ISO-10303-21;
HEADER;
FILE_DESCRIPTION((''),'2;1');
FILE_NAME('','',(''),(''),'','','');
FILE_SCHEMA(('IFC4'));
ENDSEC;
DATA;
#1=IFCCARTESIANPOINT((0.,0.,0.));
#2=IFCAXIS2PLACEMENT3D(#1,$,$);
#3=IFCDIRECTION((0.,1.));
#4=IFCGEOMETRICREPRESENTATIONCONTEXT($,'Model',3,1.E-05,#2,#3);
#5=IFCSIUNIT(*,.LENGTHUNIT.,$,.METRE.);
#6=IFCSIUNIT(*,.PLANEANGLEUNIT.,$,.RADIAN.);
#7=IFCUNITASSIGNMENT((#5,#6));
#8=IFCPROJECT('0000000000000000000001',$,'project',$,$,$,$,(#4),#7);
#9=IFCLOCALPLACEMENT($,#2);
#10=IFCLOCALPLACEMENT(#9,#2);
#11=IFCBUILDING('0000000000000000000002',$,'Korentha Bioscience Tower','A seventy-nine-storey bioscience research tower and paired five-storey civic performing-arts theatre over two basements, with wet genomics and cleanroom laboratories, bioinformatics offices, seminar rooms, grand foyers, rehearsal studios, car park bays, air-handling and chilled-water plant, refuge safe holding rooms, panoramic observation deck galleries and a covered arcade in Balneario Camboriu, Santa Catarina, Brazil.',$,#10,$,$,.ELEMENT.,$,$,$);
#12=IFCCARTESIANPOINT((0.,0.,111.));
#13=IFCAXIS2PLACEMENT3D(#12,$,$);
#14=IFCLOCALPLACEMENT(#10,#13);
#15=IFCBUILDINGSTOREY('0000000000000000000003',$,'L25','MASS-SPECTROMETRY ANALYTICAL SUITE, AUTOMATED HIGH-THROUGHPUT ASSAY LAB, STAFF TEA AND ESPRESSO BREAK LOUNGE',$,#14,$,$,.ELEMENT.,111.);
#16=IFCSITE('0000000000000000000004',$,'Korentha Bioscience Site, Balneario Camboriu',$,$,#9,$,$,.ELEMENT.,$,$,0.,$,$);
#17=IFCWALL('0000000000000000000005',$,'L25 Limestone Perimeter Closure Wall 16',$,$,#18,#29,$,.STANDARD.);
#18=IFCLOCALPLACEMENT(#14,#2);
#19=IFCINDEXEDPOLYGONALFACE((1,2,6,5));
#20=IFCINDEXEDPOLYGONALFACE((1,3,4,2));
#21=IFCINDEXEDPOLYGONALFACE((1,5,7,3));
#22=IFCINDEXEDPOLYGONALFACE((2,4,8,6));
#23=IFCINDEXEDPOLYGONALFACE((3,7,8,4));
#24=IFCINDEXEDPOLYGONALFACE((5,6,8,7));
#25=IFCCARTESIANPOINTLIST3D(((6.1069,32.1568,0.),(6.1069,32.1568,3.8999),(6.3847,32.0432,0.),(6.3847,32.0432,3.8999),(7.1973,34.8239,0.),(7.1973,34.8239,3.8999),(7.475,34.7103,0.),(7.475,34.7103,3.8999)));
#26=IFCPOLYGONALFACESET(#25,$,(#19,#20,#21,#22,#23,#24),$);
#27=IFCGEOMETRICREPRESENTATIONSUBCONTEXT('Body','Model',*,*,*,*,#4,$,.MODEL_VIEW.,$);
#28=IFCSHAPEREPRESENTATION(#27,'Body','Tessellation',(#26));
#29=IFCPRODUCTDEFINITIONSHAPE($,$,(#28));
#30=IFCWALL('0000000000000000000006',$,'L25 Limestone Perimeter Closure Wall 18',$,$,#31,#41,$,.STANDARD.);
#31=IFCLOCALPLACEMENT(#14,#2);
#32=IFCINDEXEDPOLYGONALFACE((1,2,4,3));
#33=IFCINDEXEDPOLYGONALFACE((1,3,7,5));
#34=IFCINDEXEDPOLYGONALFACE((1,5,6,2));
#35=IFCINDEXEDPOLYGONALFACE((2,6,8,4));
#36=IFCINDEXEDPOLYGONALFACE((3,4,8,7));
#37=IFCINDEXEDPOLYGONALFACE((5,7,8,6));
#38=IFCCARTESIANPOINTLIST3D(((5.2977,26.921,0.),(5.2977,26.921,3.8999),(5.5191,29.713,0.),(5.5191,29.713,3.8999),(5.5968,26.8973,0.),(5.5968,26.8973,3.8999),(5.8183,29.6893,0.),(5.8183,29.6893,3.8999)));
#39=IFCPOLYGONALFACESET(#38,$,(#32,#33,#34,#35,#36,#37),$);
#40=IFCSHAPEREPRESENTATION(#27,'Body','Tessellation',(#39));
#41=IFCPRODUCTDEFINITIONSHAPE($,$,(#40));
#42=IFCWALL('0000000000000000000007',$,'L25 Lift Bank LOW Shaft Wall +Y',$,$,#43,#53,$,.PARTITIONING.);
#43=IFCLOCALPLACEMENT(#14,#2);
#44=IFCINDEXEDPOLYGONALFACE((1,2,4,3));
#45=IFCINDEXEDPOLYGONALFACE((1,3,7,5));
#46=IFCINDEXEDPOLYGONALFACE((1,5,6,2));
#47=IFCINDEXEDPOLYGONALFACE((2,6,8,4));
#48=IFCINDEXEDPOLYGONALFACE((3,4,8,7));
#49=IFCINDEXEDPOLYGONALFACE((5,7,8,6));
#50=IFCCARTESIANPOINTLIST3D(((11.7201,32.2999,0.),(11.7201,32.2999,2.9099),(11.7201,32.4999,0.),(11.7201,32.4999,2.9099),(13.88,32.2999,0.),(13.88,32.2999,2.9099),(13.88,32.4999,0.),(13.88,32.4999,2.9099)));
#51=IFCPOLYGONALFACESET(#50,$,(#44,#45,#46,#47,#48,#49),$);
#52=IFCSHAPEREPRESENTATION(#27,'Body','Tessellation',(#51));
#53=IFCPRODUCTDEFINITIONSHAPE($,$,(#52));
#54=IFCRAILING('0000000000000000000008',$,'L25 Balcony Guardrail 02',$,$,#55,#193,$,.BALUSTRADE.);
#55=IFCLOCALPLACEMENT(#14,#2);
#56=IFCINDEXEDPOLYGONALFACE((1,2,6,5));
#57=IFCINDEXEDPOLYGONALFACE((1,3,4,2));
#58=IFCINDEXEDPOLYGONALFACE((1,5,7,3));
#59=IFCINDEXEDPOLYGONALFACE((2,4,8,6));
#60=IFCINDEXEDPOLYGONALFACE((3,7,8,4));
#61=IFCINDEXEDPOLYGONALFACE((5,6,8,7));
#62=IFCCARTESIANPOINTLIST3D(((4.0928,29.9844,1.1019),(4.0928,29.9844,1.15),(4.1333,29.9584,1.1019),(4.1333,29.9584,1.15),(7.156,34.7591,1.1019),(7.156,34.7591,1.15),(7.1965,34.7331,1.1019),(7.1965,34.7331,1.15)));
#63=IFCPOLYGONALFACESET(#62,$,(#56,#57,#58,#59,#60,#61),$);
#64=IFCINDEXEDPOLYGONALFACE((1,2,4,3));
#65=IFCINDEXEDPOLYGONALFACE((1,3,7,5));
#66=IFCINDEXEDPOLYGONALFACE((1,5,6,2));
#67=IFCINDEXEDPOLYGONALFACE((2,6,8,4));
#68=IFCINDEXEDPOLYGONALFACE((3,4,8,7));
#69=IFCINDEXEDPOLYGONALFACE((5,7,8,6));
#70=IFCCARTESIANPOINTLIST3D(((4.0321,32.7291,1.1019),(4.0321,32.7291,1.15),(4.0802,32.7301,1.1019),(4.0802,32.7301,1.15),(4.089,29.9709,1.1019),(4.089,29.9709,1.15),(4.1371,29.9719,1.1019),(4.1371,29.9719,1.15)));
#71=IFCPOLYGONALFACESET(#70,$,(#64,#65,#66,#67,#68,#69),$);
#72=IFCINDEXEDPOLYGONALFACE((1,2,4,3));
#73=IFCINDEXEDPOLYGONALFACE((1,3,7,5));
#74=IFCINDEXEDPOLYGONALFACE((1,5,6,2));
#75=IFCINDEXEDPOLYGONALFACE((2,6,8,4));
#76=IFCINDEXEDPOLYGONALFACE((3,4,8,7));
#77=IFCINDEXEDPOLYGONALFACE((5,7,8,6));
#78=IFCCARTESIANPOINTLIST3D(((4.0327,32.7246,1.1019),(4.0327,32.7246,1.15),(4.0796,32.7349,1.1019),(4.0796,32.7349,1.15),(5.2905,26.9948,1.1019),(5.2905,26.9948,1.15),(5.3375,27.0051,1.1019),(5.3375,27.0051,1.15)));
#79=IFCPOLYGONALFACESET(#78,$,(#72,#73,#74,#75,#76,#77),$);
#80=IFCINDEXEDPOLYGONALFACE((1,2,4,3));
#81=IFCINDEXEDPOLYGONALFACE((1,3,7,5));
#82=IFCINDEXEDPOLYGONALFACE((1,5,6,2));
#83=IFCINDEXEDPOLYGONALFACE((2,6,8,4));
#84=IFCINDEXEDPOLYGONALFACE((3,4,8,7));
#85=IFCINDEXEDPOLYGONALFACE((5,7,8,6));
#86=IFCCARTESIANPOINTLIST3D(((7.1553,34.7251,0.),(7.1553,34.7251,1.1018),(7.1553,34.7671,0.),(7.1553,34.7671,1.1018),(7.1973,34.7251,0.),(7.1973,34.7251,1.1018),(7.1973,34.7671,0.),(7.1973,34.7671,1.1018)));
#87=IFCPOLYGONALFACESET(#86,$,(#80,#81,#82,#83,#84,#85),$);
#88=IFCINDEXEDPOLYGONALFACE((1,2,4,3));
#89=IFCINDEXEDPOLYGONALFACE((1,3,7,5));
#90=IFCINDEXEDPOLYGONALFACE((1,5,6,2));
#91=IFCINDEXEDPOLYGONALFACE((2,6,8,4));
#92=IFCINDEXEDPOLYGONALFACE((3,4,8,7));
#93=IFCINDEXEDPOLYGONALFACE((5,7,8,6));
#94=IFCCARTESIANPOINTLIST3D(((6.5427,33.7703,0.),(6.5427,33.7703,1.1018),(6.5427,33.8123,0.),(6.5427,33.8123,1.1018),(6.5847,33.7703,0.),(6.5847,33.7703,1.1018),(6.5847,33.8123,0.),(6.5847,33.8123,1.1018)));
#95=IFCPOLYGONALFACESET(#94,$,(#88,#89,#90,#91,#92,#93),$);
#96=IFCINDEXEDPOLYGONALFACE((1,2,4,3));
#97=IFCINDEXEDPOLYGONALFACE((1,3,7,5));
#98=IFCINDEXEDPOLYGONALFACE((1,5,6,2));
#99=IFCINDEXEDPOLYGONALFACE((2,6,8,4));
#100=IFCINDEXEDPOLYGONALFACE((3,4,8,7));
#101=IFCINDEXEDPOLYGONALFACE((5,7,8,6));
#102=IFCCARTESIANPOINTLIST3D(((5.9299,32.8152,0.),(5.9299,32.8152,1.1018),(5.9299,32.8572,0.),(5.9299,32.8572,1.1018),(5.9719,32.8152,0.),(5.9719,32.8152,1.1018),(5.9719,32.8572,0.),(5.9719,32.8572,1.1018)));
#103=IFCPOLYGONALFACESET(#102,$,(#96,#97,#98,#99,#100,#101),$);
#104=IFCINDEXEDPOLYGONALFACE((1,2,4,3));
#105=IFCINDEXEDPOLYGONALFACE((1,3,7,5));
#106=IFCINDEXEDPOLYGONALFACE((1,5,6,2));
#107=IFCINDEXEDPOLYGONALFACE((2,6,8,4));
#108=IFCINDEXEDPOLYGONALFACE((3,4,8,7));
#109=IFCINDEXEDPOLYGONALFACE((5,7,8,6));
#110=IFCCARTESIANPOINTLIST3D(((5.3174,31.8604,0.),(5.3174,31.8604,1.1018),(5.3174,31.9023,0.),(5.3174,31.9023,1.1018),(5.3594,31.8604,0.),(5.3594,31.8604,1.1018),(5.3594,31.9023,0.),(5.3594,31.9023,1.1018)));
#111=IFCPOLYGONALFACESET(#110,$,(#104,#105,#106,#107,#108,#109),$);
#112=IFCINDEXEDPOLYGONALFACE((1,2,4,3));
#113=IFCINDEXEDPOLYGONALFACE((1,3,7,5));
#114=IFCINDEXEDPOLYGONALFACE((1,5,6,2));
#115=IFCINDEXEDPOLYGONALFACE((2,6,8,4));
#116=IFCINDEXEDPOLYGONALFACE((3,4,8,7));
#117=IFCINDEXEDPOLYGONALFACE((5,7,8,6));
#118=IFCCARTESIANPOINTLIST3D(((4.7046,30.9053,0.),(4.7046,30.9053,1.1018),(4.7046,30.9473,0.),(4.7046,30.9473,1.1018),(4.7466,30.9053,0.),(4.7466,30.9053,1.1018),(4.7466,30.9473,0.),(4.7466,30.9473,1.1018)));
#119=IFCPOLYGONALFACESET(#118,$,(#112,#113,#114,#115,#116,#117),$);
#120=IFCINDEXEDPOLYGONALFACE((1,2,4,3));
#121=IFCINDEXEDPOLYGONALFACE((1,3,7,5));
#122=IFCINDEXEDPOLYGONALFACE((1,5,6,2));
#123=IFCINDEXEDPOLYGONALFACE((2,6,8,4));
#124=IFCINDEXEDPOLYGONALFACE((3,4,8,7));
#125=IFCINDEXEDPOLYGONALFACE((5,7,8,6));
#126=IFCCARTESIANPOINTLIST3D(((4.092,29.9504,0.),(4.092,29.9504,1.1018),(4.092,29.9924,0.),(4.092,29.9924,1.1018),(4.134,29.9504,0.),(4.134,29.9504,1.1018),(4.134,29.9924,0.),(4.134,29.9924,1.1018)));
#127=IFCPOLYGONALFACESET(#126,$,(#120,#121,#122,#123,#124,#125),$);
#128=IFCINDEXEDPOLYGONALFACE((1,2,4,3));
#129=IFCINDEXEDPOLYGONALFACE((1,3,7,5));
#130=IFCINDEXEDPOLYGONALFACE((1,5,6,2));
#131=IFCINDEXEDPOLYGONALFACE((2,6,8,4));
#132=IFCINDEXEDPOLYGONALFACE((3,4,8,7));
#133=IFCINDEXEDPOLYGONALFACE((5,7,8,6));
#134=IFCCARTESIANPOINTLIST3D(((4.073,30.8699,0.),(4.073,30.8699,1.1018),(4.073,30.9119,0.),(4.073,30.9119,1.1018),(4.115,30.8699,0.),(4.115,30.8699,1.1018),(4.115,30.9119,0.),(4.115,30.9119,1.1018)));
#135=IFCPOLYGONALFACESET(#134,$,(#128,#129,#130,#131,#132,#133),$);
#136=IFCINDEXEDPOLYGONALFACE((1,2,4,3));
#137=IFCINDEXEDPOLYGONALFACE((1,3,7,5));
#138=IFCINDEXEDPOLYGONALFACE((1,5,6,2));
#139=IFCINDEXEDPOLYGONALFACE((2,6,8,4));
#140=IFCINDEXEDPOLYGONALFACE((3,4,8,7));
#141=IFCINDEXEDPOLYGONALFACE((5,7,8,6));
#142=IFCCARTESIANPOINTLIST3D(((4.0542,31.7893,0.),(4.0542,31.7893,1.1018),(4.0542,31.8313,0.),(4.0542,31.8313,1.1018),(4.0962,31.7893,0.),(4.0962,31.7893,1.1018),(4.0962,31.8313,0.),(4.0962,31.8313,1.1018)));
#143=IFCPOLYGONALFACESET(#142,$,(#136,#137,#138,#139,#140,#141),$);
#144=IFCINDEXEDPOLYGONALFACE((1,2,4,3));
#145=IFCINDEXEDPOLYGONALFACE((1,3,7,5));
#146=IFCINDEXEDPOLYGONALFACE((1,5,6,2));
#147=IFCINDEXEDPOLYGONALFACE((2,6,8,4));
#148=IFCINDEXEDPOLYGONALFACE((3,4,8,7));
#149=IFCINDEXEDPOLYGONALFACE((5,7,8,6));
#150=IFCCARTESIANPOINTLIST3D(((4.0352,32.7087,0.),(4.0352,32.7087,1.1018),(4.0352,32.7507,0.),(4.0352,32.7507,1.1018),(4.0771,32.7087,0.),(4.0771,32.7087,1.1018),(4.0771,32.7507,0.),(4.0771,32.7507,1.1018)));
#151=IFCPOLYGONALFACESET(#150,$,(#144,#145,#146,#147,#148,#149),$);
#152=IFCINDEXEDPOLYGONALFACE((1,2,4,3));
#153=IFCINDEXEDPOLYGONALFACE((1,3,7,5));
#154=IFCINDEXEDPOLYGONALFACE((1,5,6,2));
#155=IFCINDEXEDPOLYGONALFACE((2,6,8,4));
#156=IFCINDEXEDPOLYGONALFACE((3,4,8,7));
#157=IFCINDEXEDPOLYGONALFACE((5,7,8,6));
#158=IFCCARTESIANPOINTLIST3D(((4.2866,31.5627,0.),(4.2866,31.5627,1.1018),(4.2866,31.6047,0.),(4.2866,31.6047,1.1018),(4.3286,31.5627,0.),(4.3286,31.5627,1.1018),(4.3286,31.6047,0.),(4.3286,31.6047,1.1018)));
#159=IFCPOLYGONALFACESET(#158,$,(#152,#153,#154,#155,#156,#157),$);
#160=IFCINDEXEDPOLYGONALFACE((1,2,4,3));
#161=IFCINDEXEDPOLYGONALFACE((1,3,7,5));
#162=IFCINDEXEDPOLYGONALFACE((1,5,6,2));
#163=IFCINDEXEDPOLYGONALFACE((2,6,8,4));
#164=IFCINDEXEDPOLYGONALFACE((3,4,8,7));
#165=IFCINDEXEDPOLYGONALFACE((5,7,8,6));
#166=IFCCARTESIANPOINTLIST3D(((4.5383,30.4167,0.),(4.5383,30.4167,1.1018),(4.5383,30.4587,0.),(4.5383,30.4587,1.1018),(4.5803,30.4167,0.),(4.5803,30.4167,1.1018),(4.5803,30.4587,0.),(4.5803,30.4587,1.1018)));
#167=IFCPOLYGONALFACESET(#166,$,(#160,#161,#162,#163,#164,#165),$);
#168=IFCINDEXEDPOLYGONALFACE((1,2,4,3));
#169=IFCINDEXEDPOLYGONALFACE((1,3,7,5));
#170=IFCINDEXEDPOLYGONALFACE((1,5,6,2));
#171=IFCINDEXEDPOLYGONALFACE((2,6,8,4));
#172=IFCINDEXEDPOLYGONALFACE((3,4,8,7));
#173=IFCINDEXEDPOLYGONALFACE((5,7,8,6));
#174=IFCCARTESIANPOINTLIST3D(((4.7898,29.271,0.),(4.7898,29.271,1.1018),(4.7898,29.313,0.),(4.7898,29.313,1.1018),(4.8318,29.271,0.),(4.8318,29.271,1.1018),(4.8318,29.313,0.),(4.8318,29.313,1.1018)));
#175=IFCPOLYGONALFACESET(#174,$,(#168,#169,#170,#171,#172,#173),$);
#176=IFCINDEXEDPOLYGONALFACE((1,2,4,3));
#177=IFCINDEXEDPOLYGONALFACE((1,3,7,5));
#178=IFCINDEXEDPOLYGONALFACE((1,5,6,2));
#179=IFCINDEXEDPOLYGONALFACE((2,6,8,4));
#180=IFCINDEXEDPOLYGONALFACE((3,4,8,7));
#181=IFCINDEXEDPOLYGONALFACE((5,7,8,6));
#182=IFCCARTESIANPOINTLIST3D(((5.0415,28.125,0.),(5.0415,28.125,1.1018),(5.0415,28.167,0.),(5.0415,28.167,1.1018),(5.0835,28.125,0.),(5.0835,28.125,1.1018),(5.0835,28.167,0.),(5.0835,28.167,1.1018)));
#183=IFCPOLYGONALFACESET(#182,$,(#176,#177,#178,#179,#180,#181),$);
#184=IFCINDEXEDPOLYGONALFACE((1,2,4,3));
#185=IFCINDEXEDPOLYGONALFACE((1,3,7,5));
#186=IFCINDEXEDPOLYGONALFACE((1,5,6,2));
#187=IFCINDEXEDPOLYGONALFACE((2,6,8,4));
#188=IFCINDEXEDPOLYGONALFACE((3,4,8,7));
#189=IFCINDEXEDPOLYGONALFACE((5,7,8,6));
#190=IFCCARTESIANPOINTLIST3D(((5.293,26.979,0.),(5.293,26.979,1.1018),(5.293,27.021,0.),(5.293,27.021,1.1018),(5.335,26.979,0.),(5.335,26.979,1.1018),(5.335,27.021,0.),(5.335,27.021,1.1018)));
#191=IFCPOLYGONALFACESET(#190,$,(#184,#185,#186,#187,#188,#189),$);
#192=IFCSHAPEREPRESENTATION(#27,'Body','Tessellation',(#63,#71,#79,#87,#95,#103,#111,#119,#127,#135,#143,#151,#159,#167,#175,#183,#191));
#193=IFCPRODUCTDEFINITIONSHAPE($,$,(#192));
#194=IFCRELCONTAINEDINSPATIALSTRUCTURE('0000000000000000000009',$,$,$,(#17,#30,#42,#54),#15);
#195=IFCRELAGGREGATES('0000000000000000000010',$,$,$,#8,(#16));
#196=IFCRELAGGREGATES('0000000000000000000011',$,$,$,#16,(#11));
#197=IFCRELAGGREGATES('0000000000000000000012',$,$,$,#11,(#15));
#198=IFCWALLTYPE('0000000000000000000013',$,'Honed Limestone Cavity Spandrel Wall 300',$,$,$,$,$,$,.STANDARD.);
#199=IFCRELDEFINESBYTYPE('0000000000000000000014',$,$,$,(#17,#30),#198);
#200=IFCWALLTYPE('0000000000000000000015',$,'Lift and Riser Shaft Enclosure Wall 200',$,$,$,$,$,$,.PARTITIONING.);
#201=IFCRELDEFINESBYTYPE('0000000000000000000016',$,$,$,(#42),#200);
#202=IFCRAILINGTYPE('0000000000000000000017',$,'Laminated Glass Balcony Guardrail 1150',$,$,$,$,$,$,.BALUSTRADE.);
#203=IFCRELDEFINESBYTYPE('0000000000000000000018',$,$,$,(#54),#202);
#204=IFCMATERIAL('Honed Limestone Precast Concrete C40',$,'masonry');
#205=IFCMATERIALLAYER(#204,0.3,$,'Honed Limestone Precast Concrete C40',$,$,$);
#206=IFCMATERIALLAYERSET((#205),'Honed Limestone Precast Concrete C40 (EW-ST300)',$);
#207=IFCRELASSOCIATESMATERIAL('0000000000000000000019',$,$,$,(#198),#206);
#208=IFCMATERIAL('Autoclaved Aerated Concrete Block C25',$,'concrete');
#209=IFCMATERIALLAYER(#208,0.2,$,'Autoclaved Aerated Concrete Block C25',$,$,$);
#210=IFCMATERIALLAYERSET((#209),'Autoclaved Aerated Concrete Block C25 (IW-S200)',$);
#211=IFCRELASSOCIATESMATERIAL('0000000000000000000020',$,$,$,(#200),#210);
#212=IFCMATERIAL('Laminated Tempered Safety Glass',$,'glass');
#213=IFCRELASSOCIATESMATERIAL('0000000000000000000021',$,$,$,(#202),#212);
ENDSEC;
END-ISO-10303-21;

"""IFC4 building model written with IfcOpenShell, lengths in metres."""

from ifc_helpers import new_model, si_unit, direction, frame, frame_2d, origin, origin_2d, place, context, subcontext, project, spatial, rectangle, extrude, material, layer, layer_set, type_object, element, save


model = new_model("IFC4")

# Units and contexts
model_context = context("Model", 3, precision=1e-05, world=origin(), true_north=direction((0.0, 1.0)))
body_context = subcontext(model_context, "Body", "Model", "MODEL_VIEW")
ifc_project = project(units=[si_unit("LENGTHUNIT", "METRE"), si_unit("PLANEANGLEUNIT", "RADIAN")], contexts=[model_context])

# Site, building, storey
site_placement = place(None, origin())
site = spatial("IfcSite", under=ifc_project, at=site_placement, Name="Korentha Bioscience Site, Balneario Camboriu", CompositionType="ELEMENT", RefElevation=0.0)
building_placement = place(site_placement, origin())
building = spatial("IfcBuilding", under=site, at=building_placement, Name="Korentha Bioscience Tower", Description="A seventy-nine-storey bioscience research tower and paired five-storey civic performing-arts theatre over two basements, with wet genomics and cleanroom laboratories, bioinformatics offices, seminar rooms, grand foyers, rehearsal studios, car park bays, air-handling and chilled-water plant, refuge safe holding rooms, panoramic observation deck galleries and a covered arcade in Balneario Camboriu, Santa Catarina, Brazil.", CompositionType="ELEMENT")
storey_placement = place(building_placement, frame((0.0, 0.0, 111.0)))
storey = spatial("IfcBuildingStorey", under=building, at=storey_placement, Name="L25", Description="MASS-SPECTROMETRY ANALYTICAL SUITE, AUTOMATED HIGH-THROUGHPUT ASSAY LAB, STAFF TEA AND ESPRESSO BREAK LOUNGE", CompositionType="ELEMENT", Elevation=111.0)

# Shared definitions
ifc_material_1 = material(Name="Honed Limestone Precast Concrete C40", Category="masonry")
ifc_layer_1 = layer(ifc_material_1, 0.3, Name="Honed Limestone Precast Concrete C40")
ifc_layer_set_1 = layer_set([ifc_layer_1], Name="Honed Limestone Precast Concrete C40 (EW-ST300)")
wall_type_1 = type_object("IfcWallType", Name="Honed Limestone Cavity Spandrel Wall 300", PredefinedType="STANDARD", material=ifc_layer_set_1)

# Walls
wall_1_placement = place(storey_placement, frame((7.3362, 34.7671, 0.0), z_axis=(0.0, 0.0, 1.0), x_axis=(-0.378422, -0.925633, 0.0)))
element("IfcWall", 1, at=wall_1_placement, inside=storey, type_object=wall_type_1, Name="L25 Limestone Perimeter Closure Wall 16", PredefinedType="STANDARD", context=body_context, shape_type="SweptSolid", body=[
    extrude(rectangle(XDim=2.8813, YDim=0.3, at=frame_2d((1.4407, 0.0))), origin(), (0.0, 0.0, 1.0), 3.8999),
])
wall_2_placement = place(storey_placement, frame((5.6687, 29.7012, 0.0), z_axis=(0.0, 0.0, 1.0), x_axis=(-0.079063, -0.99687, 0.0)))
element("IfcWall", 2, at=wall_2_placement, inside=storey, type_object=wall_type_1, Name="L25 Limestone Perimeter Closure Wall 18", PredefinedType="STANDARD", context=body_context, shape_type="SweptSolid", body=[
    extrude(rectangle(XDim=2.8008, YDim=0.3, at=frame_2d((1.4004, 0.0))), origin(), (0.0, 0.0, 1.0), 3.8999),
])
ifc_material_2 = material(Name="Autoclaved Aerated Concrete Block C25", Category="concrete")
ifc_layer_2 = layer(ifc_material_2, 0.2, Name="Autoclaved Aerated Concrete Block C25")
ifc_layer_set_2 = layer_set([ifc_layer_2], Name="Autoclaved Aerated Concrete Block C25 (IW-S200)")
wall_type_2 = type_object("IfcWallType", Name="Lift and Riser Shaft Enclosure Wall 200", PredefinedType="PARTITIONING", material=ifc_layer_set_2)
wall_3_placement = place(storey_placement, frame((11.72, 32.3999, 0.0), z_axis=(0.0, 0.0, 1.0), x_axis=(1.0, 0.0, 0.0)))
element("IfcWall", 3, at=wall_3_placement, inside=storey, type_object=wall_type_2, Name="L25 Lift Bank LOW Shaft Wall +Y", PredefinedType="PARTITIONING", context=body_context, shape_type="SweptSolid", body=[
    extrude(rectangle(XDim=2.1599, YDim=0.2, at=frame_2d((1.0801, 0.0))), origin(), (0.0, 0.0, 1.0), 2.9099),
])

# Railing
ifc_material_3 = material(Name="Laminated Tempered Safety Glass", Category="glass")
railing_type = type_object("IfcRailingType", Name="Laminated Glass Balcony Guardrail 1150", PredefinedType="BALUSTRADE", material=ifc_material_3)
railing_placement = place(storey_placement, frame((7.1763, 34.7461, 0.0)))
element("IfcRailing", 4, at=railing_placement, inside=storey, type_object=railing_type, Name="L25 Balcony Guardrail 02", PredefinedType="BALUSTRADE", context=body_context, shape_type="SweptSolid", body=[
    extrude(rectangle(XDim=0.0481, YDim=0.0481, at=origin_2d()), frame((0.0, 0.0, 1.126), z_axis=(-0.539985, -0.841675, 0.0), x_axis=(0.841675, -0.539985, 0.0)), (0.0, 0.0, 1.0), 5.6729),
    extrude(rectangle(XDim=0.0481, YDim=0.0481, at=origin_2d()), frame((-3.0632, -4.7747, 1.126), z_axis=(-0.020619, 0.999787, 0.0), x_axis=(-0.999787, -0.020619, 0.0)), (0.0, 0.0, 1.0), 2.7588),
    extrude(rectangle(XDim=0.0481, YDim=0.0481, at=origin_2d()), frame((-3.1201, -2.0164, 1.126), z_axis=(0.214418, -0.976742, 0.0), x_axis=(0.976742, 0.214418, 0.0)), (0.0, 0.0, 1.0), 5.8662),
    extrude(rectangle(XDim=0.042, YDim=0.042, at=origin_2d()), origin(), (0.0, 0.0, 1.0), 1.1018),
    extrude(rectangle(XDim=0.042, YDim=0.042, at=origin_2d()), frame((-0.6125, -0.9548, 0.0)), (0.0, 0.0, 1.0), 1.1018),
    extrude(rectangle(XDim=0.042, YDim=0.042, at=origin_2d()), frame((-1.2253, -1.9099, 0.0)), (0.0, 0.0, 1.0), 1.1018),
    extrude(rectangle(XDim=0.042, YDim=0.042, at=origin_2d()), frame((-1.8379, -2.8647, 0.0)), (0.0, 0.0, 1.0), 1.1018),
    extrude(rectangle(XDim=0.042, YDim=0.042, at=origin_2d()), frame((-2.4507, -3.8198, 0.0)), (0.0, 0.0, 1.0), 1.1018),
    extrude(rectangle(XDim=0.042, YDim=0.042, at=origin_2d()), frame((-3.0632, -4.7747, 0.0)), (0.0, 0.0, 1.0), 1.1018),
    extrude(rectangle(XDim=0.042, YDim=0.042, at=origin_2d()), frame((-3.0823, -3.8552, 0.0)), (0.0, 0.0, 1.0), 1.1018),
    extrude(rectangle(XDim=0.042, YDim=0.042, at=origin_2d()), frame((-3.1011, -2.9358, 0.0)), (0.0, 0.0, 1.0), 1.1018),
    extrude(rectangle(XDim=0.042, YDim=0.042, at=origin_2d()), frame((-3.1201, -2.0164, 0.0)), (0.0, 0.0, 1.0), 1.1018),
    extrude(rectangle(XDim=0.042, YDim=0.042, at=origin_2d()), frame((-2.8687, -3.1624, 0.0)), (0.0, 0.0, 1.0), 1.1018),
    extrude(rectangle(XDim=0.042, YDim=0.042, at=origin_2d()), frame((-2.6169, -4.3083, 0.0)), (0.0, 0.0, 1.0), 1.1018),
    extrude(rectangle(XDim=0.042, YDim=0.042, at=origin_2d()), frame((-2.3655, -5.4541, 0.0)), (0.0, 0.0, 1.0), 1.1018),
    extrude(rectangle(XDim=0.042, YDim=0.042, at=origin_2d()), frame((-2.1138, -6.6001, 0.0)), (0.0, 0.0, 1.0), 1.1018),
    extrude(rectangle(XDim=0.042, YDim=0.042, at=origin_2d()), frame((-1.8623, -7.7461, 0.0)), (0.0, 0.0, 1.0), 1.1018),
])

save(model, "model.ifc")
